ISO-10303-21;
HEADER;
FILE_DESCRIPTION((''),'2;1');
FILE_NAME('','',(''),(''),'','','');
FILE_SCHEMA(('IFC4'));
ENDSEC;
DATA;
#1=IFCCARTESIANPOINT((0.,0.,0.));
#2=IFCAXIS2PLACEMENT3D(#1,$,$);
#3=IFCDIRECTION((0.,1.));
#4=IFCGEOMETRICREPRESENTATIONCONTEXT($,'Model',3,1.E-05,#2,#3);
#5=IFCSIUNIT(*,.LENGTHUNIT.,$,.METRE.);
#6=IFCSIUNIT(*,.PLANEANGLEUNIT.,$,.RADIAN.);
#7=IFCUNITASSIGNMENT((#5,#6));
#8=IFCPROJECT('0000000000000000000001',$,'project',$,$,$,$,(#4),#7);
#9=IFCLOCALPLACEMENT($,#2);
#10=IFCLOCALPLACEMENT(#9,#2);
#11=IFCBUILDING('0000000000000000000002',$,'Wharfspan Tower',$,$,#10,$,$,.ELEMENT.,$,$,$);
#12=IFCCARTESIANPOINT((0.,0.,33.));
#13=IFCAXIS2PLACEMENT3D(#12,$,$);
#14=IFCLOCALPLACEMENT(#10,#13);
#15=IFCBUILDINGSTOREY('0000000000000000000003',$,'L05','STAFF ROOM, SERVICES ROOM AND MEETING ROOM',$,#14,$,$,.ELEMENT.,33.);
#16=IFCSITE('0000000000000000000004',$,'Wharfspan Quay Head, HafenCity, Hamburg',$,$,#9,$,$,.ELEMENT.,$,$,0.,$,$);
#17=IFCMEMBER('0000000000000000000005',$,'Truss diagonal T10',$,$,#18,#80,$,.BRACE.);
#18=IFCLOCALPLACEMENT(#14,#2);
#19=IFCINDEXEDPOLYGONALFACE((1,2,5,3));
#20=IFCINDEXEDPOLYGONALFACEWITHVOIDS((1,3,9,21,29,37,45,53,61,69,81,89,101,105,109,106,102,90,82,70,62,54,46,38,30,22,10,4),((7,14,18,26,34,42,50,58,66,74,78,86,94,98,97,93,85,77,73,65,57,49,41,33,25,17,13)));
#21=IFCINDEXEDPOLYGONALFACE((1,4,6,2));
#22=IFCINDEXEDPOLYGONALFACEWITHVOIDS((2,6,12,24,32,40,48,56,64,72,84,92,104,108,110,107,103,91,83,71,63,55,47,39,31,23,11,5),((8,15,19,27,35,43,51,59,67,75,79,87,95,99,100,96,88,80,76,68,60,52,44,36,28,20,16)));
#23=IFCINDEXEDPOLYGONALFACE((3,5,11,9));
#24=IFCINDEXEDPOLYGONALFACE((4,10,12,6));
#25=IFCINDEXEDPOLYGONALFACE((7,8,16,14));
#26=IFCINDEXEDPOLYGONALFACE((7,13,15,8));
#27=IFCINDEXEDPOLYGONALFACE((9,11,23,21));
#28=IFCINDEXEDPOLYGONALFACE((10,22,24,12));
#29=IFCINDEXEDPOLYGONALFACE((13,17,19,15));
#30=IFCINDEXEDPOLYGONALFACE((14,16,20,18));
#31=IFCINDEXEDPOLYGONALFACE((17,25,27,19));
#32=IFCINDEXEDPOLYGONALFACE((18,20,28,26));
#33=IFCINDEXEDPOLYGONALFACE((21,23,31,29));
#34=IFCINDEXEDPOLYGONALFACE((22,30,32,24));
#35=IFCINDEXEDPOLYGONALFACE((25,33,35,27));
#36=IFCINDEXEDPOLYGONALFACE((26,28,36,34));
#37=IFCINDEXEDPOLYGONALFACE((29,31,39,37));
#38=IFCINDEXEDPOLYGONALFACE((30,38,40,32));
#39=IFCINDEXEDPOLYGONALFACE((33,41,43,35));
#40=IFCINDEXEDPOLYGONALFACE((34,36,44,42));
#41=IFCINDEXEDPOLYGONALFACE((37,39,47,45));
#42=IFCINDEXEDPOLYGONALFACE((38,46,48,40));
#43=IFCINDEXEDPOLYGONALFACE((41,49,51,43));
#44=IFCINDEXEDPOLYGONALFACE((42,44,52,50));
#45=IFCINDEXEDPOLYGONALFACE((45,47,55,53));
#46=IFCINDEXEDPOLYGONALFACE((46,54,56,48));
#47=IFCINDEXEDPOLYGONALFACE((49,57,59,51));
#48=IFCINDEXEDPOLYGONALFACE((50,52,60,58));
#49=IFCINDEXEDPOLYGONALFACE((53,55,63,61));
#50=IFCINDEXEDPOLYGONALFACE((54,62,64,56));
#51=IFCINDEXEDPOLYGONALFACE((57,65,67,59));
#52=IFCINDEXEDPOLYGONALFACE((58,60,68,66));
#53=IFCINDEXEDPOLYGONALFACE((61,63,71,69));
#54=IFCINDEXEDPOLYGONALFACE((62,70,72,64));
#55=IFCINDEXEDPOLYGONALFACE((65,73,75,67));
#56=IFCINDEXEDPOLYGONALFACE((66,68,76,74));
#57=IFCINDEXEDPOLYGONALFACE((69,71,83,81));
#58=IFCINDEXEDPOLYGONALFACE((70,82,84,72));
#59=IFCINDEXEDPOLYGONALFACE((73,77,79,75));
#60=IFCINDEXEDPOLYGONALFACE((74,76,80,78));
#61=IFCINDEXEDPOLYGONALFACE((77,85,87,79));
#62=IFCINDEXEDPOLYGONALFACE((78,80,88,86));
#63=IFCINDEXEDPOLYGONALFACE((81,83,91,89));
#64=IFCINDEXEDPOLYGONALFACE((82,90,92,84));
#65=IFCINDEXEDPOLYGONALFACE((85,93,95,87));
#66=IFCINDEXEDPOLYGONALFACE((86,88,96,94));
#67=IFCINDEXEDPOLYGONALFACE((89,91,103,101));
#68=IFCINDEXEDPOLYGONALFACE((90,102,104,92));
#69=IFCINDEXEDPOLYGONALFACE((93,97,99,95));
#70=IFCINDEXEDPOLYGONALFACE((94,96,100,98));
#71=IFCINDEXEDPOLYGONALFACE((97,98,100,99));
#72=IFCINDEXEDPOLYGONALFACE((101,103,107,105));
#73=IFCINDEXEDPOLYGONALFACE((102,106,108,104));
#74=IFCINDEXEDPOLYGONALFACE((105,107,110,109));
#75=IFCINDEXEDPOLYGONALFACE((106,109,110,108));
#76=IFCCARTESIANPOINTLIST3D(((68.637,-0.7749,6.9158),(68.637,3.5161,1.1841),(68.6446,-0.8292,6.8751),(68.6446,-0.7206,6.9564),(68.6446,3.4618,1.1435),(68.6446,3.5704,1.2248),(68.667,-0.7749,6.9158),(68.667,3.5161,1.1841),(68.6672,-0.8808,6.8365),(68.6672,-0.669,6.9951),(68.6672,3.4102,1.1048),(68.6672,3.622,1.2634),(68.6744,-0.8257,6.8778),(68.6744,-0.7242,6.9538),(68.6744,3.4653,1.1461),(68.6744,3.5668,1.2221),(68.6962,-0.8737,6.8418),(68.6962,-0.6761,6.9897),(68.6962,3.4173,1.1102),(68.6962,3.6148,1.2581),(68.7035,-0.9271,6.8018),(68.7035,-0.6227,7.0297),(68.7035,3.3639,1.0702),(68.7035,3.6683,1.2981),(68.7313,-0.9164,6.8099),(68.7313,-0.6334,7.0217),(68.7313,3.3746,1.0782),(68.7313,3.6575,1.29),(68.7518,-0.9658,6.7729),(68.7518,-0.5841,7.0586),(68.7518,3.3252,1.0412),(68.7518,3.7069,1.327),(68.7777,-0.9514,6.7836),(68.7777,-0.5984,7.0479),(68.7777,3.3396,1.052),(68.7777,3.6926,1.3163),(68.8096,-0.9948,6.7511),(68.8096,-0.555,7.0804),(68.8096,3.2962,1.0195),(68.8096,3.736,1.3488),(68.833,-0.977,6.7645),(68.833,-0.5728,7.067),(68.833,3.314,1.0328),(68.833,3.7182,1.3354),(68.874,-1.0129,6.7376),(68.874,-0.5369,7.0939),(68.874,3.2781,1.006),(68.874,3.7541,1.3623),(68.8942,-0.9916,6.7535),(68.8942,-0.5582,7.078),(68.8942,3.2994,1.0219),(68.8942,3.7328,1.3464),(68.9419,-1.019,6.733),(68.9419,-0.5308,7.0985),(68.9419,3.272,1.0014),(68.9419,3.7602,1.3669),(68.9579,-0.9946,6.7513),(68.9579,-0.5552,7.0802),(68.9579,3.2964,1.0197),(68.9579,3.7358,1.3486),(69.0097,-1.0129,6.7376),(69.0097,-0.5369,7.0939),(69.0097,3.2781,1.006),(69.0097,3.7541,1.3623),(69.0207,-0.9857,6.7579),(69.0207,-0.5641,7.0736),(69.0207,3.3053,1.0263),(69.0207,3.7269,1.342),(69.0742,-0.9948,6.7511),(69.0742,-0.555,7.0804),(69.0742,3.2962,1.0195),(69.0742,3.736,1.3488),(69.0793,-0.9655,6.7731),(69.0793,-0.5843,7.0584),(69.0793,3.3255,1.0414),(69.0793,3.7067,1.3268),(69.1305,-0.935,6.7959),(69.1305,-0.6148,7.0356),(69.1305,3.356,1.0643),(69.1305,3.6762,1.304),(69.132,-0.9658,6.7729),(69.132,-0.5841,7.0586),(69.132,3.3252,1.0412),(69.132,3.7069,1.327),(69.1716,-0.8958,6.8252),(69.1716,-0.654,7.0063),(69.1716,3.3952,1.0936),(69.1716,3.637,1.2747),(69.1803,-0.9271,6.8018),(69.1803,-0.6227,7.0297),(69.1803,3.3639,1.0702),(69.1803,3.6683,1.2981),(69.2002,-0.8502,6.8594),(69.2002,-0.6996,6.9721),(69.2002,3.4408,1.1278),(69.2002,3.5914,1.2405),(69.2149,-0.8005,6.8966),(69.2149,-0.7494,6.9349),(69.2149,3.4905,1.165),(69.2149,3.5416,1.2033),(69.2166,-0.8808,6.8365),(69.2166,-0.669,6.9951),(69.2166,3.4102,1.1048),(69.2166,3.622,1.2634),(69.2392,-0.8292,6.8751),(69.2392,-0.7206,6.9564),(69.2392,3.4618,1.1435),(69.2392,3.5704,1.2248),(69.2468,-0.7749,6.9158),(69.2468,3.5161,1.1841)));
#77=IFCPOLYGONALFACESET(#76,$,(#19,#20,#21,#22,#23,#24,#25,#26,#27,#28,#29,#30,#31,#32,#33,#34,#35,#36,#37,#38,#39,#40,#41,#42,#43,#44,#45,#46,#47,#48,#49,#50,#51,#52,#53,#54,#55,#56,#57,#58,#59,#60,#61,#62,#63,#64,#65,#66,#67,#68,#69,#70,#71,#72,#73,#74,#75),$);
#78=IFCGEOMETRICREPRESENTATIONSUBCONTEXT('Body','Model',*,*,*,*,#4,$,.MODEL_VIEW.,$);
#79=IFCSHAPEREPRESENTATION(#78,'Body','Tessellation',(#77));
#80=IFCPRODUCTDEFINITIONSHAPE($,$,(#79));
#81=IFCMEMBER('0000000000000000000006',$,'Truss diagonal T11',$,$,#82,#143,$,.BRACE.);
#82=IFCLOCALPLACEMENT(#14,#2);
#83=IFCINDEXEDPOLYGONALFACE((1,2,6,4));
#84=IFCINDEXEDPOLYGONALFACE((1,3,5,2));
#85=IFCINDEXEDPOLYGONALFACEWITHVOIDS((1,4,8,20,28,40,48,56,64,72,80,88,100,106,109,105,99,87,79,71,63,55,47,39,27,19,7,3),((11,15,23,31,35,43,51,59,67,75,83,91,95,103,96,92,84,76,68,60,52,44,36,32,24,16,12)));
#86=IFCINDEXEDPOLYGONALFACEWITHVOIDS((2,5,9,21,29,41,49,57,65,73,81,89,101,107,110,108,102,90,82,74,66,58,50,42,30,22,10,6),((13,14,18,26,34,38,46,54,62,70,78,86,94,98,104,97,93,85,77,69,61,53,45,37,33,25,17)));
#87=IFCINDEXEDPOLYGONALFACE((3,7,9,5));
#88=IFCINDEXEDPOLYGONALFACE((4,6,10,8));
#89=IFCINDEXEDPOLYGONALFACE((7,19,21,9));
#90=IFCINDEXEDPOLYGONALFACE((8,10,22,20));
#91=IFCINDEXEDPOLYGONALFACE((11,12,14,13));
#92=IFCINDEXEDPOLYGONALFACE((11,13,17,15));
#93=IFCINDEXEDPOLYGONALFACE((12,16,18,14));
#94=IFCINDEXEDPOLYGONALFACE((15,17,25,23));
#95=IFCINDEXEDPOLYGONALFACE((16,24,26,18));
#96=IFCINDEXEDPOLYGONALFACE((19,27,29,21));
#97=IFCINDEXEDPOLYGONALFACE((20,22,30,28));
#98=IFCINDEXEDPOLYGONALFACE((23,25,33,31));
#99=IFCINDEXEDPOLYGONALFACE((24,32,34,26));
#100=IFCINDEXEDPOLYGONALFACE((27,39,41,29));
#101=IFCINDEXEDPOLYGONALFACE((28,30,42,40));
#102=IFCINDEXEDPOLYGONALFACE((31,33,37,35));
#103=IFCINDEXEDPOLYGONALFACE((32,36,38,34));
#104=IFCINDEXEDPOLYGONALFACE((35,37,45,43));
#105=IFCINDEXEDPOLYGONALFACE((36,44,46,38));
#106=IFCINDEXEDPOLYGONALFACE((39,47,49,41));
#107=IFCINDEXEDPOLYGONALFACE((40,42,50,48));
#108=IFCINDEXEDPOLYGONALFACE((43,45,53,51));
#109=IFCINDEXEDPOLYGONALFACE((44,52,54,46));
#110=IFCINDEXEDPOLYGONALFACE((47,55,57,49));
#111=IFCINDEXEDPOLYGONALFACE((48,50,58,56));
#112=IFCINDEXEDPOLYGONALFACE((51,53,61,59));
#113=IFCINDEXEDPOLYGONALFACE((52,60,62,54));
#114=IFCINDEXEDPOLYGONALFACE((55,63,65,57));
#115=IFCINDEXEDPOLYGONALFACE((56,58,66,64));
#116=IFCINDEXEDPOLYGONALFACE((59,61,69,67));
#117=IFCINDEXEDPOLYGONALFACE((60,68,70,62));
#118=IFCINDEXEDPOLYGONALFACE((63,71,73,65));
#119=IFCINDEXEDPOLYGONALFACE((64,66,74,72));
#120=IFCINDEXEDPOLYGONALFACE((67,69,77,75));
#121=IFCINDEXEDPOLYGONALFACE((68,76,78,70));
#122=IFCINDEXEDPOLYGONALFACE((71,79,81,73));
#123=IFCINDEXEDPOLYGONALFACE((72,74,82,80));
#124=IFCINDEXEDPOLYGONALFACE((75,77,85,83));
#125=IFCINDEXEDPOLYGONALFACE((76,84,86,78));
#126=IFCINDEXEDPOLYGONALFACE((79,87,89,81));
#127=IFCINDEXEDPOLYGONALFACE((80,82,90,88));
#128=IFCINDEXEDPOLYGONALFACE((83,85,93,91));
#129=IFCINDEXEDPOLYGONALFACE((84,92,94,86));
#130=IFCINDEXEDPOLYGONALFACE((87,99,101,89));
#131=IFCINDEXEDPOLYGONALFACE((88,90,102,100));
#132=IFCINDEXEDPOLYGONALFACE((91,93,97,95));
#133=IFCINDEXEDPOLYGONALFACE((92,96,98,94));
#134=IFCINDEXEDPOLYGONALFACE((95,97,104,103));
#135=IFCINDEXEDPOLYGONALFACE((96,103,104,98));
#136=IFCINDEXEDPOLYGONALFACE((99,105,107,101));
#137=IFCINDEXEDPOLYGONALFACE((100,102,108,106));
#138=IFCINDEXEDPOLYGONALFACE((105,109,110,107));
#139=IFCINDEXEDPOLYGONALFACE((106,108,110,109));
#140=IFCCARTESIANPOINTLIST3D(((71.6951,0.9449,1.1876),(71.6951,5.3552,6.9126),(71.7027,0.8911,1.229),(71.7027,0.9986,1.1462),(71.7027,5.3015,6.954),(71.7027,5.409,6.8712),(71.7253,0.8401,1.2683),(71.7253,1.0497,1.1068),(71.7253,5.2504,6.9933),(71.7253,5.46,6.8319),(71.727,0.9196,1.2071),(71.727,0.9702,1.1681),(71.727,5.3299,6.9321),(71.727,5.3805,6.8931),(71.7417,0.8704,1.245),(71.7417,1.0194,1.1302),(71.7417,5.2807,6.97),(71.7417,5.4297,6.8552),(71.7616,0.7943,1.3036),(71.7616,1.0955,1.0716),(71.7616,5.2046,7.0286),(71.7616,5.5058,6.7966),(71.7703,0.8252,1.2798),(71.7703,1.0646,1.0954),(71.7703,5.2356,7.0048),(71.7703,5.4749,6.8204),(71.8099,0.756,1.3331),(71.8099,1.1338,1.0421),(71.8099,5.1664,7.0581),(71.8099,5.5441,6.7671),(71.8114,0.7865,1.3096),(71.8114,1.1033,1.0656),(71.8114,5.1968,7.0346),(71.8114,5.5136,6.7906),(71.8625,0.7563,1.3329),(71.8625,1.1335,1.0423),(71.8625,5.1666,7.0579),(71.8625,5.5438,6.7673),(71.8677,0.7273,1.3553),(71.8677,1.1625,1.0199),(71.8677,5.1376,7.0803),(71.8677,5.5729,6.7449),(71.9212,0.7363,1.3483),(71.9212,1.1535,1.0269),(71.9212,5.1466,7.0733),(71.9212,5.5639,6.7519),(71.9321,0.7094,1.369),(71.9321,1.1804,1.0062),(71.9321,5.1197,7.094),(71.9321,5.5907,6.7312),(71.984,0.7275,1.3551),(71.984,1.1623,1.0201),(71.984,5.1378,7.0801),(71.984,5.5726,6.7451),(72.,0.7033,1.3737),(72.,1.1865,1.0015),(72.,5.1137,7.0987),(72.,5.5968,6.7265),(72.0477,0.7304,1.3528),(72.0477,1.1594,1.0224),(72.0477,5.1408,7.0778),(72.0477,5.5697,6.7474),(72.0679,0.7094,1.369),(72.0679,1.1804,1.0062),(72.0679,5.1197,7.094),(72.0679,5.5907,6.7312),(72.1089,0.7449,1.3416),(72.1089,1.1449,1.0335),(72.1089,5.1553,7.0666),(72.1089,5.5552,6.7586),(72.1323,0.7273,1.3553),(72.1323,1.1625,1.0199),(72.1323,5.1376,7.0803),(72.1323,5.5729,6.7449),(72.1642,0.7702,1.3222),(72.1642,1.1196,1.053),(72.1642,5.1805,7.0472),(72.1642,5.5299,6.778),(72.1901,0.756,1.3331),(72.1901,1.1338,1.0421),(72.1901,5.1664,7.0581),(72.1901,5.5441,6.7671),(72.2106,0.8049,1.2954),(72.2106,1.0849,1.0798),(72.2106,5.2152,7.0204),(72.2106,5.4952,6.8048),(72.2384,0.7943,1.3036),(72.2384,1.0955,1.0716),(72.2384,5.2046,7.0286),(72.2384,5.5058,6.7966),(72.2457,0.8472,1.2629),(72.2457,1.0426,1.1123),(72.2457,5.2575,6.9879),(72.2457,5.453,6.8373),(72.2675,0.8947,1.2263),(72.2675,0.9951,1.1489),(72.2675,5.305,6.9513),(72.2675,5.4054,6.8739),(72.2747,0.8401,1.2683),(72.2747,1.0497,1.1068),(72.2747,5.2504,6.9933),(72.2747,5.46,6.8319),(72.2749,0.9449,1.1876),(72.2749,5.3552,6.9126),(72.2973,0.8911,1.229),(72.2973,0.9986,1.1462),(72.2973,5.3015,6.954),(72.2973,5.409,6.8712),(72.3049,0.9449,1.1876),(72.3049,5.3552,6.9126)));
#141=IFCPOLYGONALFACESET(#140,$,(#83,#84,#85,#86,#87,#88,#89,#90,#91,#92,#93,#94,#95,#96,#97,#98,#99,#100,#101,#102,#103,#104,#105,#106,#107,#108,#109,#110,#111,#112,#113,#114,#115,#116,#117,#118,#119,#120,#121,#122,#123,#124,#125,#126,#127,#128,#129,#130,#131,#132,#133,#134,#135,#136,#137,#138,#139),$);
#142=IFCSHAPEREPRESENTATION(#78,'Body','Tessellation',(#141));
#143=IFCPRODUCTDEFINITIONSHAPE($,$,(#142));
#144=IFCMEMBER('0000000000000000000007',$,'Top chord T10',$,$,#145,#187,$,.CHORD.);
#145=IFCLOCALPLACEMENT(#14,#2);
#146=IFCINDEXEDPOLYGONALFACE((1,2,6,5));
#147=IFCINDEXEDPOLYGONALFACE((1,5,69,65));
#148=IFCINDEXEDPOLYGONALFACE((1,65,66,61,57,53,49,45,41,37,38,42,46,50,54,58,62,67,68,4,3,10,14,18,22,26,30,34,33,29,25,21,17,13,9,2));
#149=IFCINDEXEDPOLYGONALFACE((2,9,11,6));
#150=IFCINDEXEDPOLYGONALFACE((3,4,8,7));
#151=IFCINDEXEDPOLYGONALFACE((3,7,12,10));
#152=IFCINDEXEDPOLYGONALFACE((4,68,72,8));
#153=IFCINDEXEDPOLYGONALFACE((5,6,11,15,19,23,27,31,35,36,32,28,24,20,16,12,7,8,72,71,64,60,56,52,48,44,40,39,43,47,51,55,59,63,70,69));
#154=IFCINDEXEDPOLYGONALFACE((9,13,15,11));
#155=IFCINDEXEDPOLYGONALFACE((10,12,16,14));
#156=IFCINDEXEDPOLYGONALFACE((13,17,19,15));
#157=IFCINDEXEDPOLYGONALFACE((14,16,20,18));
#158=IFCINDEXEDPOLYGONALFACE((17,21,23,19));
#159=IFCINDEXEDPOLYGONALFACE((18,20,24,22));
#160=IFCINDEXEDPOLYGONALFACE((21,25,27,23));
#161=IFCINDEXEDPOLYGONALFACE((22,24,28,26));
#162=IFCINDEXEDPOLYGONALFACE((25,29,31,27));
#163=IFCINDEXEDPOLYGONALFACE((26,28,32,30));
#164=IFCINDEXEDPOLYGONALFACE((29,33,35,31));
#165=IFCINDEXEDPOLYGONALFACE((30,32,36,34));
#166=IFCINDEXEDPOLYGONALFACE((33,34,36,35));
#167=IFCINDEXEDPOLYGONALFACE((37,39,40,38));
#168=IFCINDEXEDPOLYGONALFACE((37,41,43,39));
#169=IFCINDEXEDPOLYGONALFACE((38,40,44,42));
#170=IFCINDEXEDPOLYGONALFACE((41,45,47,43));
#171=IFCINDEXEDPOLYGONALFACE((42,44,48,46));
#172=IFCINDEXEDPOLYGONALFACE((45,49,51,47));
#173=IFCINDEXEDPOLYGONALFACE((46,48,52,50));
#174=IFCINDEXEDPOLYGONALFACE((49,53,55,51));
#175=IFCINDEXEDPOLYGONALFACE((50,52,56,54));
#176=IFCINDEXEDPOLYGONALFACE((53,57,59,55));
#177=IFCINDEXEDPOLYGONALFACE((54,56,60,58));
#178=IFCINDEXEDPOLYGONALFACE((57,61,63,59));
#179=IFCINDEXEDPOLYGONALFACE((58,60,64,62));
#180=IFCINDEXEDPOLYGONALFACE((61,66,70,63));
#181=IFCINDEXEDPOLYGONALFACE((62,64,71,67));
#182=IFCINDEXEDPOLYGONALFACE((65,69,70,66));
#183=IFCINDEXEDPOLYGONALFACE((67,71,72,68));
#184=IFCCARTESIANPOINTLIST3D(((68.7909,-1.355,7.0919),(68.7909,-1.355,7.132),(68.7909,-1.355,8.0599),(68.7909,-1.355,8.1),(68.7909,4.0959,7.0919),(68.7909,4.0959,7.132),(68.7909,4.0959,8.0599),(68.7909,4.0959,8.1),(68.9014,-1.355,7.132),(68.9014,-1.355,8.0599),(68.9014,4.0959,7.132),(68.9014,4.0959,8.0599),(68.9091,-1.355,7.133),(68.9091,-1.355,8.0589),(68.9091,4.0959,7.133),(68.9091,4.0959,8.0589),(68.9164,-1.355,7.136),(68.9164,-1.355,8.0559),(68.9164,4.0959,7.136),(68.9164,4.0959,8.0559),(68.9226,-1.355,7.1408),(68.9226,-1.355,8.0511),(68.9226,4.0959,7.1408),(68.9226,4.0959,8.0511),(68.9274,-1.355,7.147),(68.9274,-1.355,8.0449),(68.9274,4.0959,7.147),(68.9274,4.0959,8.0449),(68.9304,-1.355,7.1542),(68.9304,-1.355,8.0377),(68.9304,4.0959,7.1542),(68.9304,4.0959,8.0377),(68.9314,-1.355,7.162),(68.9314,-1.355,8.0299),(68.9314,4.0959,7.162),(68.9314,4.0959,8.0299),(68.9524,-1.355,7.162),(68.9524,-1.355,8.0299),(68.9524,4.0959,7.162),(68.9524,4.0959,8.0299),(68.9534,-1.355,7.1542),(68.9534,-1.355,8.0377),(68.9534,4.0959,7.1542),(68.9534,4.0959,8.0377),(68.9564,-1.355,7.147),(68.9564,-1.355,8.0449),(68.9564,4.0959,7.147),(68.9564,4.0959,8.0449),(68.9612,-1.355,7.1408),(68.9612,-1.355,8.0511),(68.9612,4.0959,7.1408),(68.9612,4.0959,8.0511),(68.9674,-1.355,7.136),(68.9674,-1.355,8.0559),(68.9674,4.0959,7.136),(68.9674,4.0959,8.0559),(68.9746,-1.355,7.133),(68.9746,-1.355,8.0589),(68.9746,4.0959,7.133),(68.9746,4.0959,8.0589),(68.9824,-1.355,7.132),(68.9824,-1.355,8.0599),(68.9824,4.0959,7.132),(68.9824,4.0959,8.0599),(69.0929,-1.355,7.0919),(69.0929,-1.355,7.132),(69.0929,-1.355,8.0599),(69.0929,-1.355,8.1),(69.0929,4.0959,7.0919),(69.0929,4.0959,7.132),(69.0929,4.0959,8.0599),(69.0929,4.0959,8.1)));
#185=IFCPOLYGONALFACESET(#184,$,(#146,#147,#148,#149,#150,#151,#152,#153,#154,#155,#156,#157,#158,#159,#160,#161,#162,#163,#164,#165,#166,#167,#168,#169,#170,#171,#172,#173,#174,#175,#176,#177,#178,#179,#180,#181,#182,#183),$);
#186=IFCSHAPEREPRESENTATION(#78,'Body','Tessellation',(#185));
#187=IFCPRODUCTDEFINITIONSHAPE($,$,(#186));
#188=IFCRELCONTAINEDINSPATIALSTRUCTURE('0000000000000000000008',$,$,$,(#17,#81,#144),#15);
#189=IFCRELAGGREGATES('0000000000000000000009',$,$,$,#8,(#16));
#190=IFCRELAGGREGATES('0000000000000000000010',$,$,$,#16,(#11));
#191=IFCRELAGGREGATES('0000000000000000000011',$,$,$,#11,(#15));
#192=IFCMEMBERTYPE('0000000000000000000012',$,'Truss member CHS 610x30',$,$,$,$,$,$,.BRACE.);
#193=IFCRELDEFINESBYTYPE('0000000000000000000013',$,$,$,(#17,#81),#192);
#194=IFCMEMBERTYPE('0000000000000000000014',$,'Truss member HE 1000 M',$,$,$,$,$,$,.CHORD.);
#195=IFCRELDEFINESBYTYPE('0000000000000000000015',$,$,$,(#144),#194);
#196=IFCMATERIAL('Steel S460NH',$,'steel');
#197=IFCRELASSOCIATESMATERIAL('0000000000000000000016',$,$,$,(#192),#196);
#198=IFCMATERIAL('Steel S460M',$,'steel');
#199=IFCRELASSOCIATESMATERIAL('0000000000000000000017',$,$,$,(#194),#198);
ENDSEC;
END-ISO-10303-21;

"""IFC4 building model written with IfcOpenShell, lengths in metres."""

from ifc_helpers import new_model, si_unit, direction, frame, origin, origin_2d, place, context, subcontext, project, spatial, hollow_circle, i_section, extrude, material, material_profile, profile_set, type_object, element, save


model = new_model("IFC4")

# Units and contexts
model_context = context("Model", 3, precision=1e-05, world=origin(), true_north=direction((0.0, 1.0)))
body_context = subcontext(model_context, "Body", "Model", "MODEL_VIEW")
ifc_project = project(units=[si_unit("LENGTHUNIT", "METRE"), si_unit("PLANEANGLEUNIT", "RADIAN")], contexts=[model_context])

# Site, building, storey
site_placement = place(None, origin())
site = spatial("IfcSite", under=ifc_project, at=site_placement, Name="Wharfspan Quay Head, HafenCity, Hamburg", CompositionType="ELEMENT", RefElevation=0.0)
building_placement = place(site_placement, origin())
building = spatial("IfcBuilding", under=site, at=building_placement, Name="Wharfspan Tower", CompositionType="ELEMENT")
storey_placement = place(building_placement, frame((0.0, 0.0, 33.0)))
storey = spatial("IfcBuildingStorey", under=building, at=storey_placement, Name="L05", Description="STAFF ROOM, SERVICES ROOM AND MEETING ROOM", CompositionType="ELEMENT", Elevation=33.0)

# Shared definitions
ifc_material_1 = material(Name="Steel S460M", Category="steel")

# Members
ifc_material_2 = material(Name="Steel S460NH", Category="steel")
ifc_material_profile_1 = material_profile(ifc_material_2, hollow_circle(Radius=0.3049, WallThickness=0.03, at=origin_2d()))
ifc_profile_set_1 = profile_set([ifc_material_profile_1], Name="Steel S460NH")
member_type_1 = type_object("IfcMemberType", Name="Truss member CHS 610x30", PredefinedType="BRACE", material=ifc_profile_set_1)
member_1_placement = place(storey_placement, frame((68.9419, -0.7749, 6.9158), z_axis=(0.0, 0.599307, -0.800519), x_axis=(-1.0, 0.0, 0.0)))
element("IfcMember", 1, at=member_1_placement, inside=storey, type_object=member_type_1, Name="Truss diagonal T10", PredefinedType="BRACE", context=body_context, shape_type="SweptSolid", body=[
    extrude(hollow_circle(Radius=0.3049, WallThickness=0.03, at=origin_2d()), origin(), (0.0, 0.0, 1.0), 7.1599),
])
member_2_placement = place(storey_placement, frame((72.0, 5.3552, 6.9126), z_axis=(0.0, -0.610274, -0.792191), x_axis=(1.0, 0.0, 0.0)))
element("IfcMember", 2, at=member_2_placement, inside=storey, type_object=member_type_1, Name="Truss diagonal T11", PredefinedType="BRACE", context=body_context, shape_type="SweptSolid", body=[
    extrude(hollow_circle(Radius=0.3049, WallThickness=0.03, at=origin_2d()), origin(), (0.0, 0.0, 1.0), 7.2268),
])
ifc_material_profile_2 = material_profile(ifc_material_1, i_section(OverallWidth=0.302, OverallDepth=1.0081, WebThickness=0.021, FlangeThickness=0.04, FilletRadius=0.03, at=origin_2d()))
ifc_profile_set_2 = profile_set([ifc_material_profile_2], Name="Steel S460M")
member_type_2 = type_object("IfcMemberType", Name="Truss member HE 1000 M", PredefinedType="CHORD", material=ifc_profile_set_2)
for number, where, z_axis, x_axis, name in (
    (3, (68.9419, -1.355, 7.5959), (0.0, 1.0, 0.0), (-1.0, 0.0, 0.0), "Top chord T10"),
):
    element("IfcMember", number, at=place(storey_placement, frame(where, z_axis=z_axis, x_axis=x_axis)), inside=storey, type_object=member_type_2, Name=name, PredefinedType="CHORD", context=body_context, shape_type="SweptSolid", body=[
        extrude(i_section(OverallWidth=0.302, OverallDepth=1.0081, WebThickness=0.021, FlangeThickness=0.04, FilletRadius=0.03, at=origin_2d()), origin(), (0.0, 0.0, 1.0), 5.4509),
    ])

save(model, "model.ifc")
